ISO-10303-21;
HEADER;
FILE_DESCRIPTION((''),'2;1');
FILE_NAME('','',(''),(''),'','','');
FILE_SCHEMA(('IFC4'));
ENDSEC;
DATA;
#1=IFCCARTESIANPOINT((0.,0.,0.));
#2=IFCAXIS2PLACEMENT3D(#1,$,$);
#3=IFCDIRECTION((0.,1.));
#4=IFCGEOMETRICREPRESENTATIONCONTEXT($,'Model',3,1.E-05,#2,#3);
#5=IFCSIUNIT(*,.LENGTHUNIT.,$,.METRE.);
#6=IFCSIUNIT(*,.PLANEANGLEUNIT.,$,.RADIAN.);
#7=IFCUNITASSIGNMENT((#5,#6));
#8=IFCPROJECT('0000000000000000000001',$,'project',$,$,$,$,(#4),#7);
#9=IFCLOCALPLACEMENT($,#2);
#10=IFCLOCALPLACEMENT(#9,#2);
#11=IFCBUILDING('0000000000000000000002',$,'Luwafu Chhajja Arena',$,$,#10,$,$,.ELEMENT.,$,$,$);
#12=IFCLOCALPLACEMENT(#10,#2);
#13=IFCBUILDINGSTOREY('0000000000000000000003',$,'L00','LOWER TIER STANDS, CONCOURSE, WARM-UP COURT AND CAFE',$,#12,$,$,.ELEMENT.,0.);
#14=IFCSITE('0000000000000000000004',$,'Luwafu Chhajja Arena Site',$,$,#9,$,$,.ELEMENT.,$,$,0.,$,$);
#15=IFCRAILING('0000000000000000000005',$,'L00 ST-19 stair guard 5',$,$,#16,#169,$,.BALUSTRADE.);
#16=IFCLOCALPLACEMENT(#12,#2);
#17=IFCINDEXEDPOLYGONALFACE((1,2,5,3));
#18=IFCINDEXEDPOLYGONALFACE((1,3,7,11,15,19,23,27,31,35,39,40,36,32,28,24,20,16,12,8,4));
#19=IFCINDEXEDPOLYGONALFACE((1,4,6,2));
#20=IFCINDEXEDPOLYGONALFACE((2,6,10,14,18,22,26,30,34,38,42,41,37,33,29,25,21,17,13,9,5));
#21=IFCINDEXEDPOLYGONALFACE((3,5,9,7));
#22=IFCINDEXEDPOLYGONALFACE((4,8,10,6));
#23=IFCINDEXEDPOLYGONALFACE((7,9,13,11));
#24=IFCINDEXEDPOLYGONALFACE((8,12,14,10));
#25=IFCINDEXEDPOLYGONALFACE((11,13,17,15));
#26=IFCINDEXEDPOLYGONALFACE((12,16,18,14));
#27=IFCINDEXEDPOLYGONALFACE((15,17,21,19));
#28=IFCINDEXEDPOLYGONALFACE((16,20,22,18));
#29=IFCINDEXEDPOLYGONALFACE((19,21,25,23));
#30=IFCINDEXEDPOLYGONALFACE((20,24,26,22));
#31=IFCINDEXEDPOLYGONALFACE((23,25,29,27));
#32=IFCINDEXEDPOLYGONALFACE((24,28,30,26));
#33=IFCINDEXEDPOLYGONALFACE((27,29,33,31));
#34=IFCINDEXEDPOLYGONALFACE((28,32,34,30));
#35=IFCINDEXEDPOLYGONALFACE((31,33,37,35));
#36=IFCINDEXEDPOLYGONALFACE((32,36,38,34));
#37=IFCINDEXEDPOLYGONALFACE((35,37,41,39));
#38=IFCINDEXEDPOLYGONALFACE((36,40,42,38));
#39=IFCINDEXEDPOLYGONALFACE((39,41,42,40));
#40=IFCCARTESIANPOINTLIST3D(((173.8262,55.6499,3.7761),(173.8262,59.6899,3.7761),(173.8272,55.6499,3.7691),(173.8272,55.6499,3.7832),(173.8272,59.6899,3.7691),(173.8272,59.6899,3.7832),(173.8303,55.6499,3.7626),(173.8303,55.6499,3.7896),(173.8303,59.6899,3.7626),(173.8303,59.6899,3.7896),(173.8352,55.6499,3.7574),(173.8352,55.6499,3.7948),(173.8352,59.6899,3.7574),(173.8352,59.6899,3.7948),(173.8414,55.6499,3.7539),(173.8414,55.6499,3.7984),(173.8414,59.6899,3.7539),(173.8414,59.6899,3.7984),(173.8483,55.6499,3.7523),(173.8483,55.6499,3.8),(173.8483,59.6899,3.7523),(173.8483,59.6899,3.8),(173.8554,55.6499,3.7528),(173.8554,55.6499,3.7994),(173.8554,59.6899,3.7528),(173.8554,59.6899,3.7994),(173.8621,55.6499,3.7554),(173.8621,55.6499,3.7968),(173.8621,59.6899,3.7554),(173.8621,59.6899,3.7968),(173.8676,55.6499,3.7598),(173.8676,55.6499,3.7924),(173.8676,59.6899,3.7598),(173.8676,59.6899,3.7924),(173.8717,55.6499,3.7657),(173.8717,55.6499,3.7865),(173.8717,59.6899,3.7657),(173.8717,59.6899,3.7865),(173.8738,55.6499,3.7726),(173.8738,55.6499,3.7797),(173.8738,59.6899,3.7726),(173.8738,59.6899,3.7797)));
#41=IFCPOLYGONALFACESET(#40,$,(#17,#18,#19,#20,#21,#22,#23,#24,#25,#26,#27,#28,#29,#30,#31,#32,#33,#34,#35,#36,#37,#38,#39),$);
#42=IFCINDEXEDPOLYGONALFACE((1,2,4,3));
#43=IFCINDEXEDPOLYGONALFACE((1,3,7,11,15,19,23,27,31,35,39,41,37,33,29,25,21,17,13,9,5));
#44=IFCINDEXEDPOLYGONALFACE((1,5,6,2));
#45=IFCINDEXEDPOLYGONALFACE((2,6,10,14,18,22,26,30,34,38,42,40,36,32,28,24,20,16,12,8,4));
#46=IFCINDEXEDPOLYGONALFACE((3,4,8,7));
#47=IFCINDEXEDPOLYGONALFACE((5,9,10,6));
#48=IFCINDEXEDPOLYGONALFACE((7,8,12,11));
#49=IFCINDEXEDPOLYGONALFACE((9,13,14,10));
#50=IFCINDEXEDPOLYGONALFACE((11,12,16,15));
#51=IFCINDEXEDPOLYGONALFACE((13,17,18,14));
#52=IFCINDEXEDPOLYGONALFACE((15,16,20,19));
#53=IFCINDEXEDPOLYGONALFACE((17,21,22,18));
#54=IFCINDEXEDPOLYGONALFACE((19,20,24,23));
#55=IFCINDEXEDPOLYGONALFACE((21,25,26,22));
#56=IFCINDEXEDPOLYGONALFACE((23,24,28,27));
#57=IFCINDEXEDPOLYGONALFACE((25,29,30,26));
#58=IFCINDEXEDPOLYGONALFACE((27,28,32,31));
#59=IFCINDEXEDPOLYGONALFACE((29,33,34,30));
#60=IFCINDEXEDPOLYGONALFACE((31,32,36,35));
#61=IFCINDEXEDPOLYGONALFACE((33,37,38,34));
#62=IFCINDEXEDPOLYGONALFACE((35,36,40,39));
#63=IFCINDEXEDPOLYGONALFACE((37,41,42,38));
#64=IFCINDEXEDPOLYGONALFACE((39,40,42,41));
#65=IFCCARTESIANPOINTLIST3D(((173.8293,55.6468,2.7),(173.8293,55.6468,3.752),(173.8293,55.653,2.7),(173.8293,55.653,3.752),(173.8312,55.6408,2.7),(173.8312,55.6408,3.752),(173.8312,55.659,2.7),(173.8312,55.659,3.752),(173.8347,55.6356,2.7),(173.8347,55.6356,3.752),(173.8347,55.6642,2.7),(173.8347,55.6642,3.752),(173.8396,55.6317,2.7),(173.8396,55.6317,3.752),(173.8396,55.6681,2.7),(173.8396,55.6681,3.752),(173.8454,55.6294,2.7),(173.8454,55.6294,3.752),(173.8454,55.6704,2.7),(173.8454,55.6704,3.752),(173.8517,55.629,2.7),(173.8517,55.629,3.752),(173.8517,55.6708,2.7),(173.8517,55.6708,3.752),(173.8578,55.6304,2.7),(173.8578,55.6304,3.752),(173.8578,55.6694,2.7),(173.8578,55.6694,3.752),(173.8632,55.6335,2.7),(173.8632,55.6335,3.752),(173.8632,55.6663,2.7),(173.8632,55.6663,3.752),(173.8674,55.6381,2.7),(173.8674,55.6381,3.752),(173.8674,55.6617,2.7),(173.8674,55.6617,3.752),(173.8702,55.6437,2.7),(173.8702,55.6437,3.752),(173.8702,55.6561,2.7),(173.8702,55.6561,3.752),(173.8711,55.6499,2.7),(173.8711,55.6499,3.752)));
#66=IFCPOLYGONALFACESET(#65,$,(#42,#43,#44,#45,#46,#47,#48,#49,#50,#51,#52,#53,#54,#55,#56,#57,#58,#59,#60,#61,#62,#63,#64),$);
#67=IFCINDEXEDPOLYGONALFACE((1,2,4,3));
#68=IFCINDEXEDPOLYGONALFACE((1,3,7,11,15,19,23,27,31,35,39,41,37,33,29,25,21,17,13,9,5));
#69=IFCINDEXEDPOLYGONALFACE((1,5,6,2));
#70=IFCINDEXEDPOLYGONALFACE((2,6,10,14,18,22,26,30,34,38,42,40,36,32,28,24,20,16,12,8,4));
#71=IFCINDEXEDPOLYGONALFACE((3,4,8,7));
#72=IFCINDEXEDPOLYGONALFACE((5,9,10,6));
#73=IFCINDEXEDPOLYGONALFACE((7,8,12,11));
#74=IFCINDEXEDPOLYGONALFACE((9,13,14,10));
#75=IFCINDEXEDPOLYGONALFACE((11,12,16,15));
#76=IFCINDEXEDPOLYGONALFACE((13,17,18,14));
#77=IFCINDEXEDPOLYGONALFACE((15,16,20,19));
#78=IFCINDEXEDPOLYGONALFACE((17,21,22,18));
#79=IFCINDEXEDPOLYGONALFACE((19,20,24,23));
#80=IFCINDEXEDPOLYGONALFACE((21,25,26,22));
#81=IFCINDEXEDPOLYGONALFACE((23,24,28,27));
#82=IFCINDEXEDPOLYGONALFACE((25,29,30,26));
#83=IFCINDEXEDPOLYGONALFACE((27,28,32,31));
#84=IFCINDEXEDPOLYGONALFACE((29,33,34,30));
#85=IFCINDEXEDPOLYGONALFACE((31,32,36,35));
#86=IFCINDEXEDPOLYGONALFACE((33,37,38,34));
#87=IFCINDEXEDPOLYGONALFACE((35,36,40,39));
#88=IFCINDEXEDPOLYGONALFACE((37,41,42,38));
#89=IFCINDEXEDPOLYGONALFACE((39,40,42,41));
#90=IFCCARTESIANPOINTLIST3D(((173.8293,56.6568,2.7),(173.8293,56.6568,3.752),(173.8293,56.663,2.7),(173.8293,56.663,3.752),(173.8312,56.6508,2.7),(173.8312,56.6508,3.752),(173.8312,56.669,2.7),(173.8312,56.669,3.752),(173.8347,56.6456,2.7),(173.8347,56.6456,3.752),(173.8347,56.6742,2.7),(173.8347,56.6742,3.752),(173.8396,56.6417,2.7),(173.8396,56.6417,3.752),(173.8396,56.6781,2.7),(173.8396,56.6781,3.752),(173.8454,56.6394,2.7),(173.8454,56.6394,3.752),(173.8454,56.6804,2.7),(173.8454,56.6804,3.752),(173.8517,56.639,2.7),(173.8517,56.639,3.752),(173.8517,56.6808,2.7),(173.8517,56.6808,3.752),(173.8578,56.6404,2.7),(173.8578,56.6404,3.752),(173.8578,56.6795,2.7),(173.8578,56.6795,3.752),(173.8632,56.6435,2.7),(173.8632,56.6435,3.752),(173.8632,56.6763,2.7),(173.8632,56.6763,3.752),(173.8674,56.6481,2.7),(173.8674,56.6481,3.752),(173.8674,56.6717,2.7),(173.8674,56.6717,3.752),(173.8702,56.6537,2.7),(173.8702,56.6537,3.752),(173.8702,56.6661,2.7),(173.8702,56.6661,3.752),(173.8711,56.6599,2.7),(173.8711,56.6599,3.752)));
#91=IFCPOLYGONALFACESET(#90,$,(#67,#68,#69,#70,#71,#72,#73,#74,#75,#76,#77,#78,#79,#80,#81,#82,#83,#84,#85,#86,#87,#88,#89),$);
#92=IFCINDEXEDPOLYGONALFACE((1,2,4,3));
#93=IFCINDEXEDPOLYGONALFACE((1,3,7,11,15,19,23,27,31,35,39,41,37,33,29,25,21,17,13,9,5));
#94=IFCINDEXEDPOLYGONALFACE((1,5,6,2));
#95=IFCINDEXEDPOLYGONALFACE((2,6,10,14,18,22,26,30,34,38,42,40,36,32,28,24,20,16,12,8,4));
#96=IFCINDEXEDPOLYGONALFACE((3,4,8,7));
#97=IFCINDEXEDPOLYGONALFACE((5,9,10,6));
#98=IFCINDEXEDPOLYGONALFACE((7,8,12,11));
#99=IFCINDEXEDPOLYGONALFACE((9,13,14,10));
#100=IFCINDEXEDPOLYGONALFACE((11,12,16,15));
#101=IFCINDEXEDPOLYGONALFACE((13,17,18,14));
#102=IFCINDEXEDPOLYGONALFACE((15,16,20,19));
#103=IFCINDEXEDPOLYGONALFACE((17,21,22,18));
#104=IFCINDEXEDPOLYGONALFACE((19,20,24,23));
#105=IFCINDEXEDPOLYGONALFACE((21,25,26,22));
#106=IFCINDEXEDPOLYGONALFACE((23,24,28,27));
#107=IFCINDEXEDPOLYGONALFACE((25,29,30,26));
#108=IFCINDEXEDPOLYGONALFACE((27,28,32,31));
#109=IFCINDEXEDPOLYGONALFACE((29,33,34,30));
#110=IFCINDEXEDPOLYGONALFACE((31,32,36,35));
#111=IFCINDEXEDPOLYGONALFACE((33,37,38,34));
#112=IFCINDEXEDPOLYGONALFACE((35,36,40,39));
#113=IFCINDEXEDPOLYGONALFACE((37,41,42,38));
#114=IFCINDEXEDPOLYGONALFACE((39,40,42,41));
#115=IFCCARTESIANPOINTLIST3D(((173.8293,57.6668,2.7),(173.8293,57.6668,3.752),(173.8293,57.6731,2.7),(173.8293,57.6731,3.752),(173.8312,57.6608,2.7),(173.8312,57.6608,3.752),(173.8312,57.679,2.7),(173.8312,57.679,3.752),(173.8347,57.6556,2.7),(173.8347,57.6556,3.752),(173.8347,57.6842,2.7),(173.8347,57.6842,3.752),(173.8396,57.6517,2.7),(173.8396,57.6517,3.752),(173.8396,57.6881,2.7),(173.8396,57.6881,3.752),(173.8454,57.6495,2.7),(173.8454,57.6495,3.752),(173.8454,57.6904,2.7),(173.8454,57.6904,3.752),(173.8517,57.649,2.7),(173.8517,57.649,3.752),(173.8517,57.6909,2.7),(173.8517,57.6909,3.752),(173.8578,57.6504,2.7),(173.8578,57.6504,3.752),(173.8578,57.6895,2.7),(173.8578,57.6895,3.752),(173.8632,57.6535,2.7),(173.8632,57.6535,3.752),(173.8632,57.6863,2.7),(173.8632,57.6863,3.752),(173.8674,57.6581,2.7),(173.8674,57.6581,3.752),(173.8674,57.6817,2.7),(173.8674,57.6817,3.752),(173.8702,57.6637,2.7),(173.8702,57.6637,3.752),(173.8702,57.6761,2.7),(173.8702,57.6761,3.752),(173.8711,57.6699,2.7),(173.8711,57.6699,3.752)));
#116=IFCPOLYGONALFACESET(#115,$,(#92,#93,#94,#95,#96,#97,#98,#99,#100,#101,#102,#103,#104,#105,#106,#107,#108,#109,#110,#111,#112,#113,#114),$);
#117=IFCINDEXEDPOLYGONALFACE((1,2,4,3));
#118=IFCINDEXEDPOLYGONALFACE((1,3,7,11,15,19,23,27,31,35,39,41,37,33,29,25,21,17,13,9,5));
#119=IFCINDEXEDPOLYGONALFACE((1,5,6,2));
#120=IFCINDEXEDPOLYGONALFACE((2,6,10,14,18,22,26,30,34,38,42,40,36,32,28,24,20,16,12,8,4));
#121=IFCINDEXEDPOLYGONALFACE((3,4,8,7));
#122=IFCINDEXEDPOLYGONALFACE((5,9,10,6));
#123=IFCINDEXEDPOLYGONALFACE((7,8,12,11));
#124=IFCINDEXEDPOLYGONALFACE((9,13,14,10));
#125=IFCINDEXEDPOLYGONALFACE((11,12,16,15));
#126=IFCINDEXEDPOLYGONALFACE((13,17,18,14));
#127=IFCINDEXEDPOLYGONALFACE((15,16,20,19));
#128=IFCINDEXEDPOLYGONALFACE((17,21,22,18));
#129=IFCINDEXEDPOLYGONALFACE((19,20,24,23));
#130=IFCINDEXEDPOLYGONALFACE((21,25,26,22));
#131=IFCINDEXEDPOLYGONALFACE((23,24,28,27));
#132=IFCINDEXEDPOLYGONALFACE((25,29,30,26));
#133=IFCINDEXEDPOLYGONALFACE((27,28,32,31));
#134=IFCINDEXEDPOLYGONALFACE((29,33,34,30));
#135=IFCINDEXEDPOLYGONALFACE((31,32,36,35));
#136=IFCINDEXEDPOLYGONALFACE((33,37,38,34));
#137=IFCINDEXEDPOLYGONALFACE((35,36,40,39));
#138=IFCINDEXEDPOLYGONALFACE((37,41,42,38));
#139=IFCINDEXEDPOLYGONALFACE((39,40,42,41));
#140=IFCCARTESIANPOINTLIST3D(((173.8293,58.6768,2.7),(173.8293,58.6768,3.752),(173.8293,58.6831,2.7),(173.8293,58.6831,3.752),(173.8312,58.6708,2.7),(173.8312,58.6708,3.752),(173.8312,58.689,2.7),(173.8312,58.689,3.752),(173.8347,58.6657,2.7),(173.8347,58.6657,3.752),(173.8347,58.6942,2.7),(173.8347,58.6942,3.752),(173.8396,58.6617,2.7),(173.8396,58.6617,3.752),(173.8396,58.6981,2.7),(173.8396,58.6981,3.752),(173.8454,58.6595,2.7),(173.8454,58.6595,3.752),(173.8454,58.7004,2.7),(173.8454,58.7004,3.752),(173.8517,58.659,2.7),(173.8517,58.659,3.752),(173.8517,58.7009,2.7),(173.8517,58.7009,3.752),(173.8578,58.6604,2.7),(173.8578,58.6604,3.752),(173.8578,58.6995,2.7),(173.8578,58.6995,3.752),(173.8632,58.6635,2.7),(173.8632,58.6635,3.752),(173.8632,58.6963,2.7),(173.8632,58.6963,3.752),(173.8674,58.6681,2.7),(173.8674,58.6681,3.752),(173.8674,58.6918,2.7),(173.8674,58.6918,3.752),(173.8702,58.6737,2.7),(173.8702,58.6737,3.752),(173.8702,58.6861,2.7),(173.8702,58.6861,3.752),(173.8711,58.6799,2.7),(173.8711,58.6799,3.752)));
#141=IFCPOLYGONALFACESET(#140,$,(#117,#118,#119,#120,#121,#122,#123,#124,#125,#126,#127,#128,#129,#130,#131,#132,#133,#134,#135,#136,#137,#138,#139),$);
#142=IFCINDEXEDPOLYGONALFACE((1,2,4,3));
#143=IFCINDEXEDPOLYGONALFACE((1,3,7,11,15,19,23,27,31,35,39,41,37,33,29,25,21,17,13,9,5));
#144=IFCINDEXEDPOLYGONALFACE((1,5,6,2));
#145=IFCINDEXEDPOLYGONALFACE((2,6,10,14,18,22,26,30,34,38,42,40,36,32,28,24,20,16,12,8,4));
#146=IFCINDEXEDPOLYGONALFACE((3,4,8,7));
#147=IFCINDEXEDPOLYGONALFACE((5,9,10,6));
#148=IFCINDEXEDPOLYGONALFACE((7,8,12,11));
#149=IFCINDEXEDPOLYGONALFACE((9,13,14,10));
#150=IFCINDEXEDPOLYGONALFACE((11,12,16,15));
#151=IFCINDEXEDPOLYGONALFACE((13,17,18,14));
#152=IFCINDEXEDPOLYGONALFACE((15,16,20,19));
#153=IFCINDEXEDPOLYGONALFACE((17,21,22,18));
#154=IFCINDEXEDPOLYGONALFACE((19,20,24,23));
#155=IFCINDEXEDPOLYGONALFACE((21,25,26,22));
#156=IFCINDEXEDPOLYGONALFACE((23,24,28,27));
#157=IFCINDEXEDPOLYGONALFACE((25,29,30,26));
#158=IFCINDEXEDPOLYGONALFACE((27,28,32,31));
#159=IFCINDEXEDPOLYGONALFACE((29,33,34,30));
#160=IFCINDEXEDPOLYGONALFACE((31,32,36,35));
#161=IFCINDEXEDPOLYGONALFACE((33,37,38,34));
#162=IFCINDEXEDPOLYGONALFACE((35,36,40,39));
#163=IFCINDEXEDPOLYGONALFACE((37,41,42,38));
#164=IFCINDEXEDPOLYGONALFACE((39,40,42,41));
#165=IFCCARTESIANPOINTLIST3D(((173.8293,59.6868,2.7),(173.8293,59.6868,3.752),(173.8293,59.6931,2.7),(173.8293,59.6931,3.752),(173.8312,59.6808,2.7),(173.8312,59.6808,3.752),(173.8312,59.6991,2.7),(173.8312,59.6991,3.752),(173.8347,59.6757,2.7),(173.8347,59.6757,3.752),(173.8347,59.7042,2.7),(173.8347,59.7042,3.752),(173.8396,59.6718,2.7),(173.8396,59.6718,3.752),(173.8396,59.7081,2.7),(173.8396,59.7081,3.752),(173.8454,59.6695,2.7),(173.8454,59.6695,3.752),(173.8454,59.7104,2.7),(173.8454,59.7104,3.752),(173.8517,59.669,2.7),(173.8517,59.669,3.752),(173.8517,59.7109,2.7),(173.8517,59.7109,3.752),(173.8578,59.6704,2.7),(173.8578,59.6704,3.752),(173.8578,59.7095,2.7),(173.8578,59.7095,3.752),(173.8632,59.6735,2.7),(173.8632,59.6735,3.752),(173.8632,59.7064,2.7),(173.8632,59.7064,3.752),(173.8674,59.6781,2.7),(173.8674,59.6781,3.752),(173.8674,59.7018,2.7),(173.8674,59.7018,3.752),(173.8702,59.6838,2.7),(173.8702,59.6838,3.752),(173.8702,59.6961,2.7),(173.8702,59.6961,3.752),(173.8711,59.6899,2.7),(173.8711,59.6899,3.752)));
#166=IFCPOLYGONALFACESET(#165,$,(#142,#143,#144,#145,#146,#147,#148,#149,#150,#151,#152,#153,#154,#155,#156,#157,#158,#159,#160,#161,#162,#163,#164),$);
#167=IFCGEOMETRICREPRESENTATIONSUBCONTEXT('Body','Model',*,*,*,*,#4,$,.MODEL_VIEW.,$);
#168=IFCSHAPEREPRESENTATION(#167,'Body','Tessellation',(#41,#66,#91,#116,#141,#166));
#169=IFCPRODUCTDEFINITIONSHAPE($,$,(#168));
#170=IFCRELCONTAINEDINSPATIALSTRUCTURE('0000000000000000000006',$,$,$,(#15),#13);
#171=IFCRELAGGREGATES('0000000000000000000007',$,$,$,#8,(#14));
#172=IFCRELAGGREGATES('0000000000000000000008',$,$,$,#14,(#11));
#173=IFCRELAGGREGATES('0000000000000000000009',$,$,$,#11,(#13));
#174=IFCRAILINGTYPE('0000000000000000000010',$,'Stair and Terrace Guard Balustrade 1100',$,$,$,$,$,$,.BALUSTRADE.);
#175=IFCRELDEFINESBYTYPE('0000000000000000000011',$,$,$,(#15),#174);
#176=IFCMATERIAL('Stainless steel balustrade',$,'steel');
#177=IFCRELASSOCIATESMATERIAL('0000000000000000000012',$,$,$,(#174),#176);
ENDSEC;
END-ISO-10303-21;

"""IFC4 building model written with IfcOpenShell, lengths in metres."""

from ifc_helpers import new_model, si_unit, direction, frame, origin, origin_2d, place, context, subcontext, project, spatial, circle, extrude, material, type_object, element, save


model = new_model("IFC4")

# Units and contexts
model_context = context("Model", 3, precision=1e-05, world=origin(), true_north=direction((0.0, 1.0)))
body_context = subcontext(model_context, "Body", "Model", "MODEL_VIEW")
ifc_project = project(units=[si_unit("LENGTHUNIT", "METRE"), si_unit("PLANEANGLEUNIT", "RADIAN")], contexts=[model_context])

# Site, building, storey
site_placement = place(None, origin())
site = spatial("IfcSite", under=ifc_project, at=site_placement, Name="Luwafu Chhajja Arena Site", CompositionType="ELEMENT", RefElevation=0.0)
building_placement = place(site_placement, origin())
building = spatial("IfcBuilding", under=site, at=building_placement, Name="Luwafu Chhajja Arena", CompositionType="ELEMENT")
storey_placement = place(building_placement, origin())
storey = spatial("IfcBuildingStorey", under=building, at=storey_placement, Name="L00", Description="LOWER TIER STANDS, CONCOURSE, WARM-UP COURT AND CAFE", CompositionType="ELEMENT", Elevation=0.0)

# Railing
ifc_material_1 = material(Name="Stainless steel balustrade", Category="steel")
railing_type_1 = type_object("IfcRailingType", Name="Stair and Terrace Guard Balustrade 1100", PredefinedType="BALUSTRADE", material=ifc_material_1)
railing_1_placement = place(storey_placement, frame((173.8501, 55.6499, 2.7)))
element("IfcRailing", 1, at=railing_1_placement, inside=storey, type_object=railing_type_1, Name="L00 ST-19 stair guard 5", PredefinedType="BALUSTRADE", context=body_context, shape_type="SweptSolid", body=[
    extrude(circle(Radius=0.0239, at=origin_2d()), frame((0.0, 0.0, 1.0762), z_axis=(0.0, 1.0, 0.0), x_axis=(-1.0, 0.0, 0.0)), (0.0, 0.0, 1.0), 4.04),
    extrude(circle(Radius=0.021, at=origin_2d()), origin(), (0.0, 0.0, 1.0), 1.052),
    extrude(circle(Radius=0.021, at=origin_2d()), frame((0.0, 1.01, 0.0)), (0.0, 0.0, 1.0), 1.052),
    extrude(circle(Radius=0.021, at=origin_2d()), frame((0.0, 2.02, 0.0)), (0.0, 0.0, 1.0), 1.052),
    extrude(circle(Radius=0.021, at=origin_2d()), frame((0.0, 3.03, 0.0)), (0.0, 0.0, 1.0), 1.052),
    extrude(circle(Radius=0.021, at=origin_2d()), frame((0.0, 4.04, 0.0)), (0.0, 0.0, 1.0), 1.052),
])

save(model, "model.ifc")
